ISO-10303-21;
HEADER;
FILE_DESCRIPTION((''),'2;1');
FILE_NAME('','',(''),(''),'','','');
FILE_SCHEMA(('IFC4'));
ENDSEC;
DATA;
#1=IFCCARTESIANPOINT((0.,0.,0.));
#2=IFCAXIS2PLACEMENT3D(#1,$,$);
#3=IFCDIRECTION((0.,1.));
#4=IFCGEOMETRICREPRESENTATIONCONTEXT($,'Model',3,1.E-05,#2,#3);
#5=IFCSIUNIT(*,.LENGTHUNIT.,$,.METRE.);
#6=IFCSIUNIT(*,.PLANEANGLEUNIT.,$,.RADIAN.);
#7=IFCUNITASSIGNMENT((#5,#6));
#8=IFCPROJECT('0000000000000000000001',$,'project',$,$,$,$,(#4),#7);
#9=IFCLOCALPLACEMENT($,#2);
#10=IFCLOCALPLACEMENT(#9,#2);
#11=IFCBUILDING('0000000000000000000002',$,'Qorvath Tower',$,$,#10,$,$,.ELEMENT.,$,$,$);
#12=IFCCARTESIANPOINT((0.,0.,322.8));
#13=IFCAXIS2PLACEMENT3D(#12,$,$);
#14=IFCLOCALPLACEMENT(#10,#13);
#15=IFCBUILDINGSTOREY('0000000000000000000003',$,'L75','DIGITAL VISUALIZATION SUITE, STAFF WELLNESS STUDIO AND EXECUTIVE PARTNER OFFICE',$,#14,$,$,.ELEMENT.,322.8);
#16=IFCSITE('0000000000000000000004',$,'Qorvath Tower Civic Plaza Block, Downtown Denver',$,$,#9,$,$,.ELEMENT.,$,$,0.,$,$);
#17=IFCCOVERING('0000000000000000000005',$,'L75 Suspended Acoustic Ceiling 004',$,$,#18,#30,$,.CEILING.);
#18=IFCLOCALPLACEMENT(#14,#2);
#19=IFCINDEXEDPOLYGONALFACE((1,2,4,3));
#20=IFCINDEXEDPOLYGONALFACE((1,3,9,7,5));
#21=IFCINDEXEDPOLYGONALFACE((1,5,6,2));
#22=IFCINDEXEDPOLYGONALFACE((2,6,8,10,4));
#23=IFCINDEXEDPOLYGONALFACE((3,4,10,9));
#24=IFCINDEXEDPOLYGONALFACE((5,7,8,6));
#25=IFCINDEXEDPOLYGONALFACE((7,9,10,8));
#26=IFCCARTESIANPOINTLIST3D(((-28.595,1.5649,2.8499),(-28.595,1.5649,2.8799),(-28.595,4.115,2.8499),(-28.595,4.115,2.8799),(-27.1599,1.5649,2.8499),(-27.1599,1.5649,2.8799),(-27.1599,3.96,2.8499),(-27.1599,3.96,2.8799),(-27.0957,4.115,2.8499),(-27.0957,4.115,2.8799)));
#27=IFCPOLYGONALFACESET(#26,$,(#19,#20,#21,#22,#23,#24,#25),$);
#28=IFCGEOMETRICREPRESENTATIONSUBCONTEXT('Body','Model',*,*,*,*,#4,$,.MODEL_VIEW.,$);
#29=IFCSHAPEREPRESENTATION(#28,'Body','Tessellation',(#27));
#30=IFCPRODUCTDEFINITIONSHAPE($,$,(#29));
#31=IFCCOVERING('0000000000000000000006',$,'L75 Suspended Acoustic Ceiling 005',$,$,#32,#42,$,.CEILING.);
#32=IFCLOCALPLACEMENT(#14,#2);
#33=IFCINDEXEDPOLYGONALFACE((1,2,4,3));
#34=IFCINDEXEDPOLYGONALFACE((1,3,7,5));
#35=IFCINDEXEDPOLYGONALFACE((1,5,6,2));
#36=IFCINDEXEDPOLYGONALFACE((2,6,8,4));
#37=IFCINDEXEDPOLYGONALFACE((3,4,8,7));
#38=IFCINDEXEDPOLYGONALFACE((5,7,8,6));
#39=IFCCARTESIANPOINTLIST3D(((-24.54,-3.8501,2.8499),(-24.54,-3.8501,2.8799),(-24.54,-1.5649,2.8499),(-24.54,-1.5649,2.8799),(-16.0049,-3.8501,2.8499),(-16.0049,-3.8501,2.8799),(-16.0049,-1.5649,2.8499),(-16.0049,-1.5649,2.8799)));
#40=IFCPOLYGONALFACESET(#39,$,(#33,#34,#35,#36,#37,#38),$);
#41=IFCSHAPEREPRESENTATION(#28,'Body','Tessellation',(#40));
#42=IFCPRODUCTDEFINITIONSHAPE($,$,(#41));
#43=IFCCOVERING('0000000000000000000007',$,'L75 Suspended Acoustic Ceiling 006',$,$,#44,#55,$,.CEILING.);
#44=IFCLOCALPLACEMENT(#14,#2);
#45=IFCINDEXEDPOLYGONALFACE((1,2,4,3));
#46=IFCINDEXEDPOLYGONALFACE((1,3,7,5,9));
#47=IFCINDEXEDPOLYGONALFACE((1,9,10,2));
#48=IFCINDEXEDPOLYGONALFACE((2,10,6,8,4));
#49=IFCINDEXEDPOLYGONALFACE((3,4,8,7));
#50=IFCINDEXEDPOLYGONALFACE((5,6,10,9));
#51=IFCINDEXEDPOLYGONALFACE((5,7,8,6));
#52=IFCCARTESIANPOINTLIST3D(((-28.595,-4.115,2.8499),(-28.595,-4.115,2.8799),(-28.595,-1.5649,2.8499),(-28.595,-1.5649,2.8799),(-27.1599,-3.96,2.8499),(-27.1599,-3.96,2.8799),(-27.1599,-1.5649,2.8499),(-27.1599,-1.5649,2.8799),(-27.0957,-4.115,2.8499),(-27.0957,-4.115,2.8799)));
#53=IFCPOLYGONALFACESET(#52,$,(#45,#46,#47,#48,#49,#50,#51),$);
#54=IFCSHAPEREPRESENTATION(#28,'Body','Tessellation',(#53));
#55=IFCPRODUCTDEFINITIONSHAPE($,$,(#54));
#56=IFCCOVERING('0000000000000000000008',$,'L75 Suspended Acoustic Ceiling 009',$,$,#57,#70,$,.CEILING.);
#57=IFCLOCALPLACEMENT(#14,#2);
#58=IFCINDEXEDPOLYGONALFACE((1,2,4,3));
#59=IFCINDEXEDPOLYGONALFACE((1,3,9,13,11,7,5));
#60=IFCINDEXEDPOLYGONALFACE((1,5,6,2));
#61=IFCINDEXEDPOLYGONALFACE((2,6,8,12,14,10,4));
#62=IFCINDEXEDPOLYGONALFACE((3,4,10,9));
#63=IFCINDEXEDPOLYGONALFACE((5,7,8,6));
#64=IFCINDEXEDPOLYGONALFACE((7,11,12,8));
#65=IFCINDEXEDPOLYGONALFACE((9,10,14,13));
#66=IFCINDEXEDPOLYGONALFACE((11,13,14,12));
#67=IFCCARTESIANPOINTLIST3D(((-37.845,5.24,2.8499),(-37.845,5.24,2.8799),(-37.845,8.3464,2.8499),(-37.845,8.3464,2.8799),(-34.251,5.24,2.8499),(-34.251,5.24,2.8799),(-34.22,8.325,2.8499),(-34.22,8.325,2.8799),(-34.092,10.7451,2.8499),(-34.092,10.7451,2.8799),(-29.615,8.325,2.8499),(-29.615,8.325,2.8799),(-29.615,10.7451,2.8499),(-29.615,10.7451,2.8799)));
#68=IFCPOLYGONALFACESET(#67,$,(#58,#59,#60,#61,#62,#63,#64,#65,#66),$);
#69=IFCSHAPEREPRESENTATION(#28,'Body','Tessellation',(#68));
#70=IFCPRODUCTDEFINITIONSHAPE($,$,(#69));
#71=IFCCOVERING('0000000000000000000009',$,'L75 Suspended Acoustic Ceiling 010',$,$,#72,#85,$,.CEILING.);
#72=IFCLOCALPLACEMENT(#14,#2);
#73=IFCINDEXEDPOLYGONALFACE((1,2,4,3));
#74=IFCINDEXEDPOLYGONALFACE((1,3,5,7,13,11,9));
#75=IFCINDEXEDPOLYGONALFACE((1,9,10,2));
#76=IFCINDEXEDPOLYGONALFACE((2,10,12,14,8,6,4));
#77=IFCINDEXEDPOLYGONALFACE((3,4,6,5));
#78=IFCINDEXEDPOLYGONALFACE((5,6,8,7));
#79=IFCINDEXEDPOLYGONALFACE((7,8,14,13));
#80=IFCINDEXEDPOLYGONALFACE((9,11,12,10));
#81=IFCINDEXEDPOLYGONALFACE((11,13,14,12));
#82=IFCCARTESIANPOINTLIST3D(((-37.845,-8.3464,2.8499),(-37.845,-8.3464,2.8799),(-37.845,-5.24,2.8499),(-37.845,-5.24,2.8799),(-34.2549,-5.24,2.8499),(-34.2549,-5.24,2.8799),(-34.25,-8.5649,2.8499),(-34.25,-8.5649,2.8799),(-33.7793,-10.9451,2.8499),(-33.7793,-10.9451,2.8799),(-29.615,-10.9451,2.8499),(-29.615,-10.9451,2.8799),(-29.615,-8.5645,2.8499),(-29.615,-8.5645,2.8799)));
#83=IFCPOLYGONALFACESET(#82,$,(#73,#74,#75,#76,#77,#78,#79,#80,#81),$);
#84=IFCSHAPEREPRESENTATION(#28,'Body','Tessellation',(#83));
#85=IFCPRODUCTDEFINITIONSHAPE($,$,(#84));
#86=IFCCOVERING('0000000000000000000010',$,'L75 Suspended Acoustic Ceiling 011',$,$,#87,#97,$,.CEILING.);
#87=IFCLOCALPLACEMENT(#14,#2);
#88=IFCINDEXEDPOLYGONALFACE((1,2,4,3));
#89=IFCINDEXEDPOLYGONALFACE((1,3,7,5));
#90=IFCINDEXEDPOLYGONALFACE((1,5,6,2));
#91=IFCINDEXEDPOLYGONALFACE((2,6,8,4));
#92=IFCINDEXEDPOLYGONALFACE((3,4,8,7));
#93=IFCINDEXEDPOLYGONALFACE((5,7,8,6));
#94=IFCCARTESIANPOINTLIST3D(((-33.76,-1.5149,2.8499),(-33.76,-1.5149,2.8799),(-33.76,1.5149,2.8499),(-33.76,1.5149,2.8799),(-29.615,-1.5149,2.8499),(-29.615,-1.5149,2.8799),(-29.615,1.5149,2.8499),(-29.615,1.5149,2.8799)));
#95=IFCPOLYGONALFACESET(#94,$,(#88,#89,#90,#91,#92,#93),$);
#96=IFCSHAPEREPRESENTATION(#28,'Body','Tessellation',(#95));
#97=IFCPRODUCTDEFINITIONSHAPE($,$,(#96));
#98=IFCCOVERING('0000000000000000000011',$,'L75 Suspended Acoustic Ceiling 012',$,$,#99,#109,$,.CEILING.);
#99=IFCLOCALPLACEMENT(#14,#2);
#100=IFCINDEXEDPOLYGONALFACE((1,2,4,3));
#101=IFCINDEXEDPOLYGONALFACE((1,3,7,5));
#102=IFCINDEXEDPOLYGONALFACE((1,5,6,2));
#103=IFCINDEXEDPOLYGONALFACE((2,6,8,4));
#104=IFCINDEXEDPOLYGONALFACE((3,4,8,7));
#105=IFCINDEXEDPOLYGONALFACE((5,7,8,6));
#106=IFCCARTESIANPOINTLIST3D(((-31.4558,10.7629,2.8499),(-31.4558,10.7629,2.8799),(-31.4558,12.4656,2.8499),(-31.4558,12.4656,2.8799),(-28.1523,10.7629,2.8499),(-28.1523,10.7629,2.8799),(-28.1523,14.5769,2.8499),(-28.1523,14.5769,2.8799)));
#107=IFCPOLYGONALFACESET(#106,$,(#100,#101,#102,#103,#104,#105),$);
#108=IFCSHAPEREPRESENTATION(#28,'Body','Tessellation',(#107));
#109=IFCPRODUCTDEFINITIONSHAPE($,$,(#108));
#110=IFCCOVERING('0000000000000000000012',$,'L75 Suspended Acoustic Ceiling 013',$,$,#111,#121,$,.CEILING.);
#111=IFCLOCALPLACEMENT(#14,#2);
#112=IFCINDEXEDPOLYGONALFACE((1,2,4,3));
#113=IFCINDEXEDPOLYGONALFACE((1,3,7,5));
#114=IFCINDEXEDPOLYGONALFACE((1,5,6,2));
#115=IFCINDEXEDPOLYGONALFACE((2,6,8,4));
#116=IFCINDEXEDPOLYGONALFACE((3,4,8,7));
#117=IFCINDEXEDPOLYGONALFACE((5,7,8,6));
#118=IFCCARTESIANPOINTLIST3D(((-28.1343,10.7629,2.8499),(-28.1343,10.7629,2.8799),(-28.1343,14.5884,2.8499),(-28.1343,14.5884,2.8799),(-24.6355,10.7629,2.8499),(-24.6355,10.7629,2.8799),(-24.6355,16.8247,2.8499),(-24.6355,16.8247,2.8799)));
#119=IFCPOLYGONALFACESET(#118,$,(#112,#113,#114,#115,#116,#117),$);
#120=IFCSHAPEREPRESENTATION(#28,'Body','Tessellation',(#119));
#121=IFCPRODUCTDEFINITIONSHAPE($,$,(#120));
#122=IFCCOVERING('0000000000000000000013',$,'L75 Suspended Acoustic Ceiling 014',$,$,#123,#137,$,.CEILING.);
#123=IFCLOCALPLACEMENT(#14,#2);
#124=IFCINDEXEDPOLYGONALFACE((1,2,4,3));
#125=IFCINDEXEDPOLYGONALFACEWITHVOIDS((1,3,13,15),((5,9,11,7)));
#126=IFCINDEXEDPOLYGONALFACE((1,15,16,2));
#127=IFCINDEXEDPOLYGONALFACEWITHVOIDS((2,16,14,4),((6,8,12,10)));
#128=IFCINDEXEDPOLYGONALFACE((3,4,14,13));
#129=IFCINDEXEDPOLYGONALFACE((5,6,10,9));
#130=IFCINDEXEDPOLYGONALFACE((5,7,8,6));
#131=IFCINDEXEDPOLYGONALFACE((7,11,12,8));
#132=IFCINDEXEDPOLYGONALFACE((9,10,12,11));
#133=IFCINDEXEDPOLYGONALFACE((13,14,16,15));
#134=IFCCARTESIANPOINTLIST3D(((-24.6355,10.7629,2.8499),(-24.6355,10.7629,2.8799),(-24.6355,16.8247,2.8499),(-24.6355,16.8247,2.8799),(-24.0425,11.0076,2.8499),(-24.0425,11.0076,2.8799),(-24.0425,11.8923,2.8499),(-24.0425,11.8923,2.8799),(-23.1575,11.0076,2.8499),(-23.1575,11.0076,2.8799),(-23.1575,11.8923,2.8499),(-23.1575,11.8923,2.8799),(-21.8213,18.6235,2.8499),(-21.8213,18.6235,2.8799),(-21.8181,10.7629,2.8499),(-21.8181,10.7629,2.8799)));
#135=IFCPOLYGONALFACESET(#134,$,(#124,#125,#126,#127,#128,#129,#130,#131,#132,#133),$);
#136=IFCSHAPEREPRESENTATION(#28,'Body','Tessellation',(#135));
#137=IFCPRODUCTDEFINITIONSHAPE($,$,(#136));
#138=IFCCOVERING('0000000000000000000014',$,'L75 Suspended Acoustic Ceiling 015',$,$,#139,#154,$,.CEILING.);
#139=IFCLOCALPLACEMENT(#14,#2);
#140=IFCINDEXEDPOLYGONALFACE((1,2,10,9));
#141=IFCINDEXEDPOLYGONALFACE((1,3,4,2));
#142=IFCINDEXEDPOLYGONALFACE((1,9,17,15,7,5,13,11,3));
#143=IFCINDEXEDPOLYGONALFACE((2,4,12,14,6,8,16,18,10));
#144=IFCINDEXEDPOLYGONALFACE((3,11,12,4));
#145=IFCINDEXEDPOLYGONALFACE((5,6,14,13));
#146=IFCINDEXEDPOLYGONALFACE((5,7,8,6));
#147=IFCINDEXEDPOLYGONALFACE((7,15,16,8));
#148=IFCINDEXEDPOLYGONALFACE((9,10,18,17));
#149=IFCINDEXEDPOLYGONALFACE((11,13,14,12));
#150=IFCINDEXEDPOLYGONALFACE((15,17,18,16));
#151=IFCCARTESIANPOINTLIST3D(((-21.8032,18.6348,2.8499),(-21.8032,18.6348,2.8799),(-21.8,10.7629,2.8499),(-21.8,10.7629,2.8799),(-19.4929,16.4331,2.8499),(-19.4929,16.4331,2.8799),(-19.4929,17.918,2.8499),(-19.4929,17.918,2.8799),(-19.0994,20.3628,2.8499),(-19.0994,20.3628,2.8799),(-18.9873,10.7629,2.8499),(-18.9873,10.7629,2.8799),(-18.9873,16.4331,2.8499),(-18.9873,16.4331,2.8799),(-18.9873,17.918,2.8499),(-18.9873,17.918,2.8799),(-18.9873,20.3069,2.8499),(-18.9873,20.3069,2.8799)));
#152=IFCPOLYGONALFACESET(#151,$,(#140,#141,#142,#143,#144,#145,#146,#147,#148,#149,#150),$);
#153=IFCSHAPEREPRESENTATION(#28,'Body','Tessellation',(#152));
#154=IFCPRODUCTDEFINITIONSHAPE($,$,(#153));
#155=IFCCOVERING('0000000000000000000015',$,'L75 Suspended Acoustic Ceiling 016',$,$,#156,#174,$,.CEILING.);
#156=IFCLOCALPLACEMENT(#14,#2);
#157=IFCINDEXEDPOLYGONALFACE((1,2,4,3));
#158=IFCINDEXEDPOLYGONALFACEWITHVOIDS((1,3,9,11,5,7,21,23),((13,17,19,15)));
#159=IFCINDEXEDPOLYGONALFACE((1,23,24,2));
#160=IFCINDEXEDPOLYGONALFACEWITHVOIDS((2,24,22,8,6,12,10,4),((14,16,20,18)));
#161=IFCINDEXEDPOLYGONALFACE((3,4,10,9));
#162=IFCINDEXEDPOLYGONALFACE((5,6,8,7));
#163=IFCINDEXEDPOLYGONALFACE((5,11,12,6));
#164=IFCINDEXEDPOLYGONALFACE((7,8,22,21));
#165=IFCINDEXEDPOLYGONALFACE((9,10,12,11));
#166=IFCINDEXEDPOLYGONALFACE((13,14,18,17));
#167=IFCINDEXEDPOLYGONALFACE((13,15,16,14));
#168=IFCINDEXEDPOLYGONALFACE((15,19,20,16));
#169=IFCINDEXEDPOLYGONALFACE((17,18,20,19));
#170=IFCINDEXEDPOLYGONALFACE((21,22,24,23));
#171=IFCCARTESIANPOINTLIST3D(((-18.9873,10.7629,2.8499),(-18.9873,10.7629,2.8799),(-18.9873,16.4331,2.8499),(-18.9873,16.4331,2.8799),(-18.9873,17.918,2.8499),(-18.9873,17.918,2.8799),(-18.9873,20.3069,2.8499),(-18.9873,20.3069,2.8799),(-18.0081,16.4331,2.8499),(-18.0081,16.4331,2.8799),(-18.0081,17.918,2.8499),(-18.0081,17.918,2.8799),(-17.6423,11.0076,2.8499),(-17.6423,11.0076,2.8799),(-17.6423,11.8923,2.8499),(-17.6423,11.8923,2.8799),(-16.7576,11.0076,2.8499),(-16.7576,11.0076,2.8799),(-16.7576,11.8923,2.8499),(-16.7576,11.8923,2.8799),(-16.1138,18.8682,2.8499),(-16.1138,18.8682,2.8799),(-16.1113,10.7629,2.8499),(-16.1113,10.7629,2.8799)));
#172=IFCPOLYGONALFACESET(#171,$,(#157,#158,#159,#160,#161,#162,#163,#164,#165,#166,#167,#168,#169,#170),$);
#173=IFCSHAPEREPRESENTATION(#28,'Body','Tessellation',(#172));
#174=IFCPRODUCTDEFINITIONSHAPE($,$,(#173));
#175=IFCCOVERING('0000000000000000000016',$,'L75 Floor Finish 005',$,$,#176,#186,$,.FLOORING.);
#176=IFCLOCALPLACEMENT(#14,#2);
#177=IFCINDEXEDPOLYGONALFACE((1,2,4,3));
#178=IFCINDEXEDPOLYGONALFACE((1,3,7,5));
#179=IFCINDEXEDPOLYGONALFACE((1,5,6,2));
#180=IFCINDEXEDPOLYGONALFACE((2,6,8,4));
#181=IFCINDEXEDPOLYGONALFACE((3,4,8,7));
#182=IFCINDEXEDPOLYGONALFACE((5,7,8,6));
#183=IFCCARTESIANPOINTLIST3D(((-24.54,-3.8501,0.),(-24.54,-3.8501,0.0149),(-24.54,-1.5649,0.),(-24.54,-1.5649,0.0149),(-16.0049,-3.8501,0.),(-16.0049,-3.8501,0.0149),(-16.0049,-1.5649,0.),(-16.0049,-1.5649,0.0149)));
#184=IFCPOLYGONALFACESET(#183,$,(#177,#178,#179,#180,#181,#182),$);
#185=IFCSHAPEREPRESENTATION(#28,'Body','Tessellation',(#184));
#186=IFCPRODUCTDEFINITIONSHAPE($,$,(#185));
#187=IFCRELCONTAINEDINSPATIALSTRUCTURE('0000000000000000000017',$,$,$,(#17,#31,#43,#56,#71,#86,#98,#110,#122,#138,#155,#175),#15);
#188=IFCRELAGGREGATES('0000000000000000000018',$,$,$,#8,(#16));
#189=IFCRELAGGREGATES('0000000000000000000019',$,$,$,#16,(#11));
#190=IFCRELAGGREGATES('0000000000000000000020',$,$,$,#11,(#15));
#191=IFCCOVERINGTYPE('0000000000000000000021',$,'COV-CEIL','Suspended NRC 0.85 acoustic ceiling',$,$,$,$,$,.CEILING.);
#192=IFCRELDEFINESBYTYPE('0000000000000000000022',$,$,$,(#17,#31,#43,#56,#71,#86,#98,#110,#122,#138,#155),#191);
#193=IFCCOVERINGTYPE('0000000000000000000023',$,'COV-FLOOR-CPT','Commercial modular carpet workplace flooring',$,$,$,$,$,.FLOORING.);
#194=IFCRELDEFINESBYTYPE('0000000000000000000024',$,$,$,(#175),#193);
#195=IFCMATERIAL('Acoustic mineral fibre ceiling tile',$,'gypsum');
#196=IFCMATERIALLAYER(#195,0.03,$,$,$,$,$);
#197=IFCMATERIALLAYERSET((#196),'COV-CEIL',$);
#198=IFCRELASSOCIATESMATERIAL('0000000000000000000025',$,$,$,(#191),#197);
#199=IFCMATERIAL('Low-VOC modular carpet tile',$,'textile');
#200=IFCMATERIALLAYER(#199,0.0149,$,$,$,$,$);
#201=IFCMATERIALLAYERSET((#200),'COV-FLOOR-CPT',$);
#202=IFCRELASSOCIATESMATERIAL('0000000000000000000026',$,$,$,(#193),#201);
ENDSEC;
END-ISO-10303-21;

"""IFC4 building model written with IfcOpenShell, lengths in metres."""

from ifc_helpers import new_model, si_unit, direction, frame, origin, place, context, subcontext, project, spatial, polyline, outline, extrude, material, layer, layer_set, type_object, element, save


model = new_model("IFC4")

# Units and contexts
model_context = context("Model", 3, precision=1e-05, world=origin(), true_north=direction((0.0, 1.0)))
body_context = subcontext(model_context, "Body", "Model", "MODEL_VIEW")
ifc_project = project(units=[si_unit("LENGTHUNIT", "METRE"), si_unit("PLANEANGLEUNIT", "RADIAN")], contexts=[model_context])

# Site, building, storey
site_placement = place(None, origin())
site = spatial("IfcSite", under=ifc_project, at=site_placement, Name="Qorvath Tower Civic Plaza Block, Downtown Denver", CompositionType="ELEMENT", RefElevation=0.0)
building_placement = place(site_placement, origin())
building = spatial("IfcBuilding", under=site, at=building_placement, Name="Qorvath Tower", CompositionType="ELEMENT")
storey_placement = place(building_placement, frame((0.0, 0.0, 322.8)))
storey = spatial("IfcBuildingStorey", under=building, at=storey_placement, Name="L75", Description="DIGITAL VISUALIZATION SUITE, STAFF WELLNESS STUDIO AND EXECUTIVE PARTNER OFFICE", CompositionType="ELEMENT", Elevation=322.8)

# Coverings
ifc_material_1 = material(Name="Acoustic mineral fibre ceiling tile", Category="gypsum")
ifc_layer_1 = layer(ifc_material_1, 0.03)
ifc_layer_set_1 = layer_set([ifc_layer_1], Name="COV-CEIL")
covering_type_1 = type_object("IfcCoveringType", Name="COV-CEIL", Description="Suspended NRC 0.85 acoustic ceiling", PredefinedType="CEILING", material=ifc_layer_set_1)
covering_1_placement = place(storey_placement, frame((0.0, 0.0, 2.8499)))
element("IfcCovering", 1, at=covering_1_placement, inside=storey, type_object=covering_type_1, Name="L75 Suspended Acoustic Ceiling 004", PredefinedType="CEILING", context=body_context, shape_type="SweptSolid", body=[
    extrude(outline(polyline([(-27.1599, 1.5649), (-27.1599, 3.96), (-27.0957, 4.115), (-28.595, 4.115), (-28.595, 1.5649), (-27.1599, 1.5649)])), origin(), (0.0, 0.0, 1.0), 0.03),
])
covering_2_placement = place(storey_placement, frame((0.0, 0.0, 2.8499)))
element("IfcCovering", 2, at=covering_2_placement, inside=storey, type_object=covering_type_1, Name="L75 Suspended Acoustic Ceiling 005", PredefinedType="CEILING", context=body_context, shape_type="SweptSolid", body=[
    extrude(outline(polyline([(-24.54, -1.5649), (-24.54, -3.8501), (-16.0049, -3.8501), (-16.0049, -1.5649), (-24.54, -1.5649)])), origin(), (0.0, 0.0, 1.0), 0.03),
])
covering_3_placement = place(storey_placement, frame((0.0, 0.0, 2.8499)))
element("IfcCovering", 3, at=covering_3_placement, inside=storey, type_object=covering_type_1, Name="L75 Suspended Acoustic Ceiling 006", PredefinedType="CEILING", context=body_context, shape_type="SweptSolid", body=[
    extrude(outline(polyline([(-27.0957, -4.115), (-27.1599, -3.96), (-27.1599, -1.5649), (-28.595, -1.5649), (-28.595, -4.115), (-27.0957, -4.115)])), origin(), (0.0, 0.0, 1.0), 0.03),
])
covering_4_placement = place(storey_placement, frame((0.0, 0.0, 2.8499)))
element("IfcCovering", 4, at=covering_4_placement, inside=storey, type_object=covering_type_1, Name="L75 Suspended Acoustic Ceiling 009", PredefinedType="CEILING", context=body_context, shape_type="SweptSolid", body=[
    extrude(outline(polyline([(-29.615, 8.325), (-29.615, 10.7451), (-34.092, 10.7451), (-37.845, 8.3464), (-37.845, 5.24), (-34.251, 5.24), (-34.22, 8.325), (-29.615, 8.325)])), origin(), (0.0, 0.0, 1.0), 0.03),
])
covering_5_placement = place(storey_placement, frame((0.0, 0.0, 2.8499)))
element("IfcCovering", 5, at=covering_5_placement, inside=storey, type_object=covering_type_1, Name="L75 Suspended Acoustic Ceiling 010", PredefinedType="CEILING", context=body_context, shape_type="SweptSolid", body=[
    extrude(outline(polyline([(-34.25, -8.5649), (-34.2549, -5.24), (-37.845, -5.24), (-37.845, -8.3464), (-33.7793, -10.9451), (-29.615, -10.9451), (-29.615, -8.5645), (-34.25, -8.5649)])), origin(), (0.0, 0.0, 1.0), 0.03),
])
covering_6_placement = place(storey_placement, frame((0.0, 0.0, 2.8499)))
element("IfcCovering", 6, at=covering_6_placement, inside=storey, type_object=covering_type_1, Name="L75 Suspended Acoustic Ceiling 011", PredefinedType="CEILING", context=body_context, shape_type="SweptSolid", body=[
    extrude(outline(polyline([(-29.615, -1.5149), (-29.615, 1.5149), (-33.76, 1.5149), (-33.76, -1.5149), (-29.615, -1.5149)])), origin(), (0.0, 0.0, 1.0), 0.03),
])
covering_7_placement = place(storey_placement, frame((0.0, 0.0, 2.8499)))
element("IfcCovering", 7, at=covering_7_placement, inside=storey, type_object=covering_type_1, Name="L75 Suspended Acoustic Ceiling 012", PredefinedType="CEILING", context=body_context, shape_type="SweptSolid", body=[
    extrude(outline(polyline([(-28.1523, 14.5769), (-31.4558, 12.4656), (-31.4558, 10.7629), (-28.1523, 10.7629), (-28.1523, 14.5769)])), origin(), (0.0, 0.0, 1.0), 0.03),
])
covering_8_placement = place(storey_placement, frame((0.0, 0.0, 2.8499)))
element("IfcCovering", 8, at=covering_8_placement, inside=storey, type_object=covering_type_1, Name="L75 Suspended Acoustic Ceiling 013", PredefinedType="CEILING", context=body_context, shape_type="SweptSolid", body=[
    extrude(outline(polyline([(-24.6355, 10.7629), (-24.6355, 16.8247), (-28.1343, 14.5884), (-28.1343, 10.7629), (-24.6355, 10.7629)])), origin(), (0.0, 0.0, 1.0), 0.03),
])
covering_9_placement = place(storey_placement, frame((0.0, 0.0, 2.8499)))
element("IfcCovering", 9, at=covering_9_placement, inside=storey, type_object=covering_type_1, Name="L75 Suspended Acoustic Ceiling 014", PredefinedType="CEILING", context=body_context, shape_type="SweptSolid", body=[
    extrude(outline(polyline([(-21.8181, 10.7629), (-21.8213, 18.6235), (-24.6355, 16.8247), (-24.6355, 10.7629), (-21.8181, 10.7629)]), holes=[polyline([(-24.0425, 11.0076), (-24.0425, 11.8923), (-23.1575, 11.8923), (-23.1575, 11.0076), (-24.0425, 11.0076)])]), origin(), (0.0, 0.0, 1.0), 0.03),
])
covering_10_placement = place(storey_placement, frame((0.0, 0.0, 2.8499)))
element("IfcCovering", 10, at=covering_10_placement, inside=storey, type_object=covering_type_1, Name="L75 Suspended Acoustic Ceiling 015", PredefinedType="CEILING", context=body_context, shape_type="SweptSolid", body=[
    extrude(outline(polyline([(-21.8, 10.7629), (-18.9873, 10.7629), (-18.9873, 16.4331), (-19.4929, 16.4331), (-19.4929, 17.918), (-18.9873, 17.918), (-18.9873, 20.3069), (-19.0994, 20.3628), (-21.8032, 18.6348), (-21.8, 10.7629)])), origin(), (0.0, 0.0, 1.0), 0.03),
])
covering_11_placement = place(storey_placement, frame((0.0, 0.0, 2.8499)))
element("IfcCovering", 11, at=covering_11_placement, inside=storey, type_object=covering_type_1, Name="L75 Suspended Acoustic Ceiling 016", PredefinedType="CEILING", context=body_context, shape_type="SweptSolid", body=[
    extrude(outline(polyline([(-18.9873, 20.3069), (-18.9873, 17.918), (-18.0081, 17.918), (-18.0081, 16.4331), (-18.9873, 16.4331), (-18.9873, 10.7629), (-16.1113, 10.7629), (-16.1138, 18.8682), (-18.9873, 20.3069)]), holes=[polyline([(-17.6423, 11.0076), (-17.6423, 11.8923), (-16.7576, 11.8923), (-16.7576, 11.0076), (-17.6423, 11.0076)])]), origin(), (0.0, 0.0, 1.0), 0.03),
])
ifc_material_2 = material(Name="Low-VOC modular carpet tile", Category="textile")
ifc_layer_2 = layer(ifc_material_2, 0.0149)
ifc_layer_set_2 = layer_set([ifc_layer_2], Name="COV-FLOOR-CPT")
covering_type_2 = type_object("IfcCoveringType", Name="COV-FLOOR-CPT", Description="Commercial modular carpet workplace flooring", PredefinedType="FLOORING", material=ifc_layer_set_2)
covering_12_placement = place(storey_placement, origin())
element("IfcCovering", 12, at=covering_12_placement, inside=storey, type_object=covering_type_2, Name="L75 Floor Finish 005", PredefinedType="FLOORING", context=body_context, shape_type="SweptSolid", body=[
    extrude(outline(polyline([(-24.54, -1.5649), (-24.54, -3.8501), (-16.0049, -3.8501), (-16.0049, -1.5649), (-24.54, -1.5649)])), origin(), (0.0, 0.0, 1.0), 0.0149),
])

save(model, "model.ifc")
